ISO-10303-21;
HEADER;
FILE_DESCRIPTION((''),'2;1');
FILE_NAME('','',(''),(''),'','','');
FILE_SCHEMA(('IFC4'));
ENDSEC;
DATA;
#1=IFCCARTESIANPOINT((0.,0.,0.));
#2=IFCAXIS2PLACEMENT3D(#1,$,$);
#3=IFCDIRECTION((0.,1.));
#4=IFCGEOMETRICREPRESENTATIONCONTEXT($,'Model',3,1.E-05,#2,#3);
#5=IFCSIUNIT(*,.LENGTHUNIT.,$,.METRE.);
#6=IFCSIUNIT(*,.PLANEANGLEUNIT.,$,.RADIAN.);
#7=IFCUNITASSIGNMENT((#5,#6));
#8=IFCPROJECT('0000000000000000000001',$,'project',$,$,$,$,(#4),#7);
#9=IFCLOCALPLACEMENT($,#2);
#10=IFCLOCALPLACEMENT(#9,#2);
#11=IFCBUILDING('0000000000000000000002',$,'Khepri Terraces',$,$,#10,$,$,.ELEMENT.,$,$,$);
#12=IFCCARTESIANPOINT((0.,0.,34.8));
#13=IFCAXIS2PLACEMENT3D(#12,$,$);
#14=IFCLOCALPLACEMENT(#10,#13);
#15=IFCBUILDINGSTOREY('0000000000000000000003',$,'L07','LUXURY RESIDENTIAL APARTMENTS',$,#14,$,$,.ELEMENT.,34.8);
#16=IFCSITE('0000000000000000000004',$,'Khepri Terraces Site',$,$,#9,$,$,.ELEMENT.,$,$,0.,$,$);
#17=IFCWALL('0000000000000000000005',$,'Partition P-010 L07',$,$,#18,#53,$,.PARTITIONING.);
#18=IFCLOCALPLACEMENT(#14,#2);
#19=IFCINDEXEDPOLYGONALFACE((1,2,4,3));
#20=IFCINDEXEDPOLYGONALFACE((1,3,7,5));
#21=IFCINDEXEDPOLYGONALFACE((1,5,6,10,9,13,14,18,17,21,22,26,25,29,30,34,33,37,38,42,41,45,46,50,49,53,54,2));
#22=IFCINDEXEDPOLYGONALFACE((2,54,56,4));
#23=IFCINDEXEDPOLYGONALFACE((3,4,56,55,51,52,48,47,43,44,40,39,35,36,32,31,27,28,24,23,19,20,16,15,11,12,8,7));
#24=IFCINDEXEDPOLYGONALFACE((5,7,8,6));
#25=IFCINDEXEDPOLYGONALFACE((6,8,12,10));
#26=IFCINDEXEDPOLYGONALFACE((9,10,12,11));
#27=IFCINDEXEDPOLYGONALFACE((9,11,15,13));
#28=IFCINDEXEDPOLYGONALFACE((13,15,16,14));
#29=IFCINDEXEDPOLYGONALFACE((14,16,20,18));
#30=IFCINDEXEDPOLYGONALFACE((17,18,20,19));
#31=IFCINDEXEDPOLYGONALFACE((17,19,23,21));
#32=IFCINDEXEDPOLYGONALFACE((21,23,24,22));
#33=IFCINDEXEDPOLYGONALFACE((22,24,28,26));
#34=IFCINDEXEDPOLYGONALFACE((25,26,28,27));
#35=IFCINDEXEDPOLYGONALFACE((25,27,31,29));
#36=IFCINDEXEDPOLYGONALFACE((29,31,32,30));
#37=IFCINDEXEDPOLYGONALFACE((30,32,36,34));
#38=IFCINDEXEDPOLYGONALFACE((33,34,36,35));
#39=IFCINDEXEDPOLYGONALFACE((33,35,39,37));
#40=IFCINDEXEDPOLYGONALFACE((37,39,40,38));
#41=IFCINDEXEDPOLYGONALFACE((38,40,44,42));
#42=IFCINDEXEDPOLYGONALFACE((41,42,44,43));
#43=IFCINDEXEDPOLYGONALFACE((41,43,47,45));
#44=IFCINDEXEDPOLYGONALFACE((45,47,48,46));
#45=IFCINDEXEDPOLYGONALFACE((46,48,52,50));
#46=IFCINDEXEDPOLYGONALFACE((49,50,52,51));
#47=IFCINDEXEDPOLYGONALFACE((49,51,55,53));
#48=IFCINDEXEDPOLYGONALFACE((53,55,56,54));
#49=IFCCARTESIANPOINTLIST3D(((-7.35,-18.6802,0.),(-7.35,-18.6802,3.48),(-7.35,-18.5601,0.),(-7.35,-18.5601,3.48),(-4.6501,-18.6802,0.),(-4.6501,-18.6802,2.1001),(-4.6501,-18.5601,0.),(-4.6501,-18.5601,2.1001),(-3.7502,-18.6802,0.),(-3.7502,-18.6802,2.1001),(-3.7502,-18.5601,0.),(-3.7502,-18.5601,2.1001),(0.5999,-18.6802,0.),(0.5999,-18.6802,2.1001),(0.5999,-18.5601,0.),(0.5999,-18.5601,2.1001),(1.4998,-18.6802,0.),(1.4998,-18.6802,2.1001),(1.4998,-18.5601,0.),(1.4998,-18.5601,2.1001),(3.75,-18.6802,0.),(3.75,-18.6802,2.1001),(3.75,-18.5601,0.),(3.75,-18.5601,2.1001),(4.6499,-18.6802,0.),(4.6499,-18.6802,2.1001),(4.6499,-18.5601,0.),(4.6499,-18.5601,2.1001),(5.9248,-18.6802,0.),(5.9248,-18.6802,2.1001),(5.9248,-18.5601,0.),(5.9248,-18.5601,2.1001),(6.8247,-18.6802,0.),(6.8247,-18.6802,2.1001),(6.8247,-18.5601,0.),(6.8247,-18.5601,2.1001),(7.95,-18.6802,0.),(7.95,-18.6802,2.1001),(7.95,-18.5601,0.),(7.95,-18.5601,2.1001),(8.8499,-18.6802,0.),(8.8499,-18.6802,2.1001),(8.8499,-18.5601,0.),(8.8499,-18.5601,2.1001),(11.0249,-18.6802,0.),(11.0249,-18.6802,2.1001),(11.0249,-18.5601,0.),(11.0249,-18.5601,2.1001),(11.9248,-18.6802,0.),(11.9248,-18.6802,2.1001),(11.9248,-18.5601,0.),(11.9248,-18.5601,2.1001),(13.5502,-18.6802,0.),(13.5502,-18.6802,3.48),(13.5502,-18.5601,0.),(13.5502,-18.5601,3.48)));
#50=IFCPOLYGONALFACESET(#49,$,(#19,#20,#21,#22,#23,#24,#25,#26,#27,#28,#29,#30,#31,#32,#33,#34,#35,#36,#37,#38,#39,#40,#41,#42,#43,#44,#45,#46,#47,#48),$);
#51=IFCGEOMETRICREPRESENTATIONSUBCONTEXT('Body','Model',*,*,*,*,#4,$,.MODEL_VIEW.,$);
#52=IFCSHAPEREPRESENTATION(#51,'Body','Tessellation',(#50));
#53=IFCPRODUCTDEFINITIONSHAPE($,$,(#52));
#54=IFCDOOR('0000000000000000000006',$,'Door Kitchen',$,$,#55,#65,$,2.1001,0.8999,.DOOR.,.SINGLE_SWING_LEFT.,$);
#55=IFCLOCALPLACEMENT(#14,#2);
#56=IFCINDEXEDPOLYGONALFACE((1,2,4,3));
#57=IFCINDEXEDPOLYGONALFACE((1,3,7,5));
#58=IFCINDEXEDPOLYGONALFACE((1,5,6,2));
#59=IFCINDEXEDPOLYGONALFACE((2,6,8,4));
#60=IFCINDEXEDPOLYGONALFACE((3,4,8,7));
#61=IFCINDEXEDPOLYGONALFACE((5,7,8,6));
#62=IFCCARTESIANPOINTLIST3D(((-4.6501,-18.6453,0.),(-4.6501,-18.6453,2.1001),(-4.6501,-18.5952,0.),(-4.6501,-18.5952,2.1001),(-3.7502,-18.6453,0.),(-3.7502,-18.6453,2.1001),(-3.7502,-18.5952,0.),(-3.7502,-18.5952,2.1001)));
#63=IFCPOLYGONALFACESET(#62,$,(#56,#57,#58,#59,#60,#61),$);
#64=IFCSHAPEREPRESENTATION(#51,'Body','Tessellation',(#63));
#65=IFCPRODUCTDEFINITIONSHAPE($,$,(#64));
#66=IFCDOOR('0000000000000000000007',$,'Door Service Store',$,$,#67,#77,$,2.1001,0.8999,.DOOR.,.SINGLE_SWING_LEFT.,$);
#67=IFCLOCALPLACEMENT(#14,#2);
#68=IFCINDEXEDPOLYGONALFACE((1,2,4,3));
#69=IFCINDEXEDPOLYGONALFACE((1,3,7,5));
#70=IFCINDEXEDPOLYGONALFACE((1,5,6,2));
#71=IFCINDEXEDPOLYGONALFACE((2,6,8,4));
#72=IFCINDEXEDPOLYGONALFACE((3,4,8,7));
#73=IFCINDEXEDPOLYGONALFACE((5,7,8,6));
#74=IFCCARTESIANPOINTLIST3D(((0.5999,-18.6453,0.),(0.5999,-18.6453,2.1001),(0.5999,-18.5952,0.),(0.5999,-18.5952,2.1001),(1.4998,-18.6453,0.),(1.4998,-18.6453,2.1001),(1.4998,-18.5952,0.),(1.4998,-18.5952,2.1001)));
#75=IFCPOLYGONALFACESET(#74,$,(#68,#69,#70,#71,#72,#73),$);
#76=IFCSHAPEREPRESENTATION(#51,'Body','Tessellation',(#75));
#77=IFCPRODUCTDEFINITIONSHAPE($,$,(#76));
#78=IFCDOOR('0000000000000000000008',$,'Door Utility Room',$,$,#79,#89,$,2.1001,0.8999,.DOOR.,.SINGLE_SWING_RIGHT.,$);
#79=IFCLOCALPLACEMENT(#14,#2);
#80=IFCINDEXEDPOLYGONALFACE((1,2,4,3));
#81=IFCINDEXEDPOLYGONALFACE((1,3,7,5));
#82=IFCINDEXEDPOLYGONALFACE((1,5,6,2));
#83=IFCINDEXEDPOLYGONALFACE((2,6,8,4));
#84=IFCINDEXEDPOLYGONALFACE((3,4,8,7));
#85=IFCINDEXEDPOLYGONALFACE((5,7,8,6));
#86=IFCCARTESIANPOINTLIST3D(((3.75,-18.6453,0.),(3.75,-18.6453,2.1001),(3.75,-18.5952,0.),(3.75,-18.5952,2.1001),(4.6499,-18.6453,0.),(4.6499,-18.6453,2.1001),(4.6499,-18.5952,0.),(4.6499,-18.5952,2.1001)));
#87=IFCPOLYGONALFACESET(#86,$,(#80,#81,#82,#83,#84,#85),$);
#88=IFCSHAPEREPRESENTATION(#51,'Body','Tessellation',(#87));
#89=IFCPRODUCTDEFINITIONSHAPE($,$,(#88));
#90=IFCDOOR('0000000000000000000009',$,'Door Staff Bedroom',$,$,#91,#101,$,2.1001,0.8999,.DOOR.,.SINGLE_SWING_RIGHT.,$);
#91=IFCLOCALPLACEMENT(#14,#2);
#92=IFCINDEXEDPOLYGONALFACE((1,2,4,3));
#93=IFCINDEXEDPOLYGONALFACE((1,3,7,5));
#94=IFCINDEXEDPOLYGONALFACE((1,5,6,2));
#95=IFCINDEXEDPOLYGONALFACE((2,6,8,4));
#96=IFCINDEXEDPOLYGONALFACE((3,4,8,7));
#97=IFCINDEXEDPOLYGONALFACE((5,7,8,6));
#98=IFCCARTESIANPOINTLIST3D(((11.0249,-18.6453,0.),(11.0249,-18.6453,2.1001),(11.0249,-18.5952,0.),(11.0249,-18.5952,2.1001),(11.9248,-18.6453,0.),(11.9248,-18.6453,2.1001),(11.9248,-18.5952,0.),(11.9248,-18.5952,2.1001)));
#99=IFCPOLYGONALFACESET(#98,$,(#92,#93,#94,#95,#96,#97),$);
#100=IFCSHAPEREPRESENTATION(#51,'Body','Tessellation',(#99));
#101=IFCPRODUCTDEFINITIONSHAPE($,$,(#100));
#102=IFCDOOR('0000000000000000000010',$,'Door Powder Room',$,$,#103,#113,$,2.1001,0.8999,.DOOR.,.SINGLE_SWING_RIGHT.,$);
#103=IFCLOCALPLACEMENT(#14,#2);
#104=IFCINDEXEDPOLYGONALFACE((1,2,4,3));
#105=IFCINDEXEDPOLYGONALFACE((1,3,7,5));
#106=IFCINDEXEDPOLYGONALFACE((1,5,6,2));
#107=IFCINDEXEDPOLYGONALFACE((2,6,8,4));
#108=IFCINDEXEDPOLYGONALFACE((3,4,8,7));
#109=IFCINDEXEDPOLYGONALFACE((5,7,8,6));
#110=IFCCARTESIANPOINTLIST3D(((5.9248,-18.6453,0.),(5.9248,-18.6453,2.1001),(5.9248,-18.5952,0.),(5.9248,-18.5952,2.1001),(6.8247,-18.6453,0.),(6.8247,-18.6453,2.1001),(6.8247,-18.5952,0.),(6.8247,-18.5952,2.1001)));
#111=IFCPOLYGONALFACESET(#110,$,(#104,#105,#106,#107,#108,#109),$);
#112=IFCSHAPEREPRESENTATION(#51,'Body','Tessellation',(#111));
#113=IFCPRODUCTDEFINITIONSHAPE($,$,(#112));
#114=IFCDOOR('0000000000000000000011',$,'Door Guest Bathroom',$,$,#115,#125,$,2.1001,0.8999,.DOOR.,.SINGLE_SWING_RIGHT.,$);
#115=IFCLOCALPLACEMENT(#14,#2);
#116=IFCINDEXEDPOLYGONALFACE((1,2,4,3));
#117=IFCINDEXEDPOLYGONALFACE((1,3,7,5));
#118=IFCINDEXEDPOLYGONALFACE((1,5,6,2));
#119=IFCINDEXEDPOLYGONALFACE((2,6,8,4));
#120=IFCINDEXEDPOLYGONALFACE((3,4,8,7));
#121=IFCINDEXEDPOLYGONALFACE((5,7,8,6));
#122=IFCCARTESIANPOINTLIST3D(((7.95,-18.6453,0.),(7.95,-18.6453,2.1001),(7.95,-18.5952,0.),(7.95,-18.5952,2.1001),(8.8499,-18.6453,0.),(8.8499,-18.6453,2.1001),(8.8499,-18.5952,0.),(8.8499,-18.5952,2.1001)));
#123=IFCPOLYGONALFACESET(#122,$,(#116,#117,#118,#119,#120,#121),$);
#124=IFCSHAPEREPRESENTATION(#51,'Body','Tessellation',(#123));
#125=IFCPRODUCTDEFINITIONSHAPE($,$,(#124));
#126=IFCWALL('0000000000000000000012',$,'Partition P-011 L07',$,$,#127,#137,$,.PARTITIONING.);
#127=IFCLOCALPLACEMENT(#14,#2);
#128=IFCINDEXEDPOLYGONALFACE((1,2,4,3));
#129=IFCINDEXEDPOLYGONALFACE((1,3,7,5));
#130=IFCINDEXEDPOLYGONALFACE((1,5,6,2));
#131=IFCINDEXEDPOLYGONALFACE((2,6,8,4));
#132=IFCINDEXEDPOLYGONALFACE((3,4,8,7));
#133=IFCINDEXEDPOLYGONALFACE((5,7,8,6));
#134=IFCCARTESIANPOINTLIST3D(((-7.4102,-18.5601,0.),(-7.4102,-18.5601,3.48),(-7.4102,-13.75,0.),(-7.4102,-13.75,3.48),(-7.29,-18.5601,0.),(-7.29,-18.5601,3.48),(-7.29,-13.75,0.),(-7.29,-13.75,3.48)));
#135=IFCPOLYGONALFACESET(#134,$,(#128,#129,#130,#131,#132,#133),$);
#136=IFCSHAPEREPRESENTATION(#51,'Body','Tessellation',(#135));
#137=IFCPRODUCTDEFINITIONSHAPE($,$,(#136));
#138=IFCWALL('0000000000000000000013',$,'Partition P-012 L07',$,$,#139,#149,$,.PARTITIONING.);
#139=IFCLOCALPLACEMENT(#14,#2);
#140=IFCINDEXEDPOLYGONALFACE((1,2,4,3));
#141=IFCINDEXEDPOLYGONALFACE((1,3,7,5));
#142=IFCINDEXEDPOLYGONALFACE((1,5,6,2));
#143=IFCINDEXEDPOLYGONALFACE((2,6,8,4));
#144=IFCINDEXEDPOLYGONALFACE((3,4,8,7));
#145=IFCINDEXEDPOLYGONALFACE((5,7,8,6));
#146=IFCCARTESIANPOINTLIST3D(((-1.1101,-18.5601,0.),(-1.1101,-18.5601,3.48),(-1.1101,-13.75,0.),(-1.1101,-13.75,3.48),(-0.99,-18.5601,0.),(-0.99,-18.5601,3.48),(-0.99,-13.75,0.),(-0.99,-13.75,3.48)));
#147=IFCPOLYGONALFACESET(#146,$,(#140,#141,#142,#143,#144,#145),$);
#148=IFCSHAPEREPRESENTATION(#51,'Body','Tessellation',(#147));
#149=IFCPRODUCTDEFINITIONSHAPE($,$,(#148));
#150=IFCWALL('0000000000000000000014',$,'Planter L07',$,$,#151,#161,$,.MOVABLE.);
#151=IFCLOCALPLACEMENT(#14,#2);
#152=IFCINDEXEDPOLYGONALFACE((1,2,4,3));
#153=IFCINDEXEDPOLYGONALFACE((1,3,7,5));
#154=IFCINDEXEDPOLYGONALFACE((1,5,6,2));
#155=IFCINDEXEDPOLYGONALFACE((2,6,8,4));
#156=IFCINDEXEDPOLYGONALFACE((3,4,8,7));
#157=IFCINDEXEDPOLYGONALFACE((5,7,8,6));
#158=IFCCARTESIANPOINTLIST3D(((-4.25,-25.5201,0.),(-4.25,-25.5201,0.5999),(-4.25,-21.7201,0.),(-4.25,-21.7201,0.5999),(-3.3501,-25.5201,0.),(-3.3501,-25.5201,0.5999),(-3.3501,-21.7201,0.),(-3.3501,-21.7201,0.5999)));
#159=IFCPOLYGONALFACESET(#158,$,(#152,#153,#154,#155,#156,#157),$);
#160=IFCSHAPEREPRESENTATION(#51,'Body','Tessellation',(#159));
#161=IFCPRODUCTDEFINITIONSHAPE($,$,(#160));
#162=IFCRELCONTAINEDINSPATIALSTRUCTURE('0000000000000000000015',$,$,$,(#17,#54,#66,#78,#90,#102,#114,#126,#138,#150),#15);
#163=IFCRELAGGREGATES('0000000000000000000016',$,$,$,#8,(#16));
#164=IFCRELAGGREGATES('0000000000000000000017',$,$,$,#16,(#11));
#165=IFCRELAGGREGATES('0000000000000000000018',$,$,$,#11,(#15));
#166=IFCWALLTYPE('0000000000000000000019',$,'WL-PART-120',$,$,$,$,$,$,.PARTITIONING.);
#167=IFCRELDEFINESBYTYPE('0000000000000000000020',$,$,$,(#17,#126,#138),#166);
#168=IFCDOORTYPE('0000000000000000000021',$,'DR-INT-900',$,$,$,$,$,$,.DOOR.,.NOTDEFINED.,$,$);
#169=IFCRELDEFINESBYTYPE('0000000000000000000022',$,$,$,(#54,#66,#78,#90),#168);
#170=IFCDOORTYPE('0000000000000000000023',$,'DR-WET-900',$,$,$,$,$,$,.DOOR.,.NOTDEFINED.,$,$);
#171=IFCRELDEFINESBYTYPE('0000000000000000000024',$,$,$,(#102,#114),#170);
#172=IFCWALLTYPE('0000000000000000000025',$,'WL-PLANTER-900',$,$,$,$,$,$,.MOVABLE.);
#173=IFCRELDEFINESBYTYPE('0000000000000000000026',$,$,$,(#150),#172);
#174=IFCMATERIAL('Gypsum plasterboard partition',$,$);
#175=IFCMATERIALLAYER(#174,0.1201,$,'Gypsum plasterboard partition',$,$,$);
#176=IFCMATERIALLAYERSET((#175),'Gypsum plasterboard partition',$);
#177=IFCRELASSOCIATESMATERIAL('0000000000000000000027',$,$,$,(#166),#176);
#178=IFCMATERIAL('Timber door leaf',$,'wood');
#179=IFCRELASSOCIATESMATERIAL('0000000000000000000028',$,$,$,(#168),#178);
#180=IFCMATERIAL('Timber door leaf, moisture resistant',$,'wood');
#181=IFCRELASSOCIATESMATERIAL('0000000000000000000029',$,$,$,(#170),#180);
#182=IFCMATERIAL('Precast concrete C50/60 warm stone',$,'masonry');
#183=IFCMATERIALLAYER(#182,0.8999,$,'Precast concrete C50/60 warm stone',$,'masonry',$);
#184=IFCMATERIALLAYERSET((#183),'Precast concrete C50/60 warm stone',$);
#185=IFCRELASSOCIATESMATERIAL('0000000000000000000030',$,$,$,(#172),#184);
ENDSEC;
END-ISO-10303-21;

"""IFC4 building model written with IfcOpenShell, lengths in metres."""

from ifc_helpers import new_model, si_unit, direction, frame, frame_2d, origin, place, context, subcontext, project, spatial, rectangle, extrude, material, layer, layer_set, type_object, element, fill, save


model = new_model("IFC4")

# Units and contexts
model_context = context("Model", 3, precision=1e-05, world=origin(), true_north=direction((0.0, 1.0)))
body_context = subcontext(model_context, "Body", "Model", "MODEL_VIEW")
ifc_project = project(units=[si_unit("LENGTHUNIT", "METRE"), si_unit("PLANEANGLEUNIT", "RADIAN")], contexts=[model_context])

# Site, building, storey
site_placement = place(None, origin())
site = spatial("IfcSite", under=ifc_project, at=site_placement, Name="Khepri Terraces Site", CompositionType="ELEMENT", RefElevation=0.0)
building_placement = place(site_placement, origin())
building = spatial("IfcBuilding", under=site, at=building_placement, Name="Khepri Terraces", CompositionType="ELEMENT")
storey_placement = place(building_placement, frame((0.0, 0.0, 34.8)))
storey = spatial("IfcBuildingStorey", under=building, at=storey_placement, Name="L07", Description="LUXURY RESIDENTIAL APARTMENTS", CompositionType="ELEMENT", Elevation=34.8)

# Shared definitions
ifc_material_1 = material(Name="Precast concrete C50/60 warm stone", Category="masonry")

# Shared definitions
ifc_material_2 = material(Name="Gypsum plasterboard partition")
ifc_layer_1 = layer(ifc_material_2, 0.1201, Name="Gypsum plasterboard partition")
ifc_layer_set_1 = layer_set([ifc_layer_1], Name="Gypsum plasterboard partition")
wall_type_1 = type_object("IfcWallType", Name="WL-PART-120", PredefinedType="PARTITIONING", material=ifc_layer_set_1)

# Wall, openings, doors
wall_1_placement = place(storey_placement, frame((-7.3501, -18.6201, 0.0), z_axis=(0.0, 0.0, 1.0), x_axis=(1.0, 0.0, 0.0)))
wall_1 = element("IfcWall", 1, at=wall_1_placement, inside=storey, type_object=wall_type_1, Name="Partition P-010 L07", PredefinedType="PARTITIONING", context=body_context, shape_type="SweptSolid", body=[
    extrude(rectangle(XDim=20.9001, YDim=0.1201, at=frame_2d((10.4502, 0.0))), origin(), (0.0, 0.0, 1.0), 3.48),
])
opening_1_placement = place(wall_1_placement, frame((2.7, 0.0, 0.0)))
opening_1 = element("IfcOpeningElement", 2, at=opening_1_placement, cuts=wall_1, PredefinedType="OPENING", context=body_context, shape_type="SweptSolid", body=[
    extrude(rectangle(XDim=0.8999, YDim=2.1001, at=frame_2d((0.45, 1.05))), frame((0.0, 0.0701, 0.0), z_axis=(0.0, -1.0, 0.0), x_axis=(1.0, 0.0, 0.0)), (0.0, 0.0, 1.0), 0.1401),
])
opening_2_placement = place(wall_1_placement, frame((7.95, 0.0, 0.0)))
opening_2 = element("IfcOpeningElement", 3, at=opening_2_placement, cuts=wall_1, PredefinedType="OPENING", context=body_context, shape_type="SweptSolid", body=[
    extrude(rectangle(XDim=0.8999, YDim=2.1001, at=frame_2d((0.45, 1.05))), frame((0.0, 0.0701, 0.0), z_axis=(0.0, -1.0, 0.0), x_axis=(1.0, 0.0, 0.0)), (0.0, 0.0, 1.0), 0.1401),
])
opening_3_placement = place(wall_1_placement, frame((11.1001, 0.0, 0.0)))
opening_3 = element("IfcOpeningElement", 4, at=opening_3_placement, cuts=wall_1, PredefinedType="OPENING", context=body_context, shape_type="SweptSolid", body=[
    extrude(rectangle(XDim=0.8999, YDim=2.1001, at=frame_2d((0.45, 1.05))), frame((0.0, 0.0701, 0.0), z_axis=(0.0, -1.0, 0.0), x_axis=(1.0, 0.0, 0.0)), (0.0, 0.0, 1.0), 0.1401),
])
opening_4_placement = place(wall_1_placement, frame((13.2749, 0.0, 0.0)))
opening_4 = element("IfcOpeningElement", 5, at=opening_4_placement, cuts=wall_1, PredefinedType="OPENING", context=body_context, shape_type="SweptSolid", body=[
    extrude(rectangle(XDim=0.8999, YDim=2.1001, at=frame_2d((0.45, 1.05))), frame((0.0, 0.0701, 0.0), z_axis=(0.0, -1.0, 0.0), x_axis=(1.0, 0.0, 0.0)), (0.0, 0.0, 1.0), 0.1401),
])
opening_5_placement = place(wall_1_placement, frame((15.3, 0.0, 0.0)))
opening_5 = element("IfcOpeningElement", 6, at=opening_5_placement, cuts=wall_1, PredefinedType="OPENING", context=body_context, shape_type="SweptSolid", body=[
    extrude(rectangle(XDim=0.8999, YDim=2.1001, at=frame_2d((0.45, 1.05))), frame((0.0, 0.0701, 0.0), z_axis=(0.0, -1.0, 0.0), x_axis=(1.0, 0.0, 0.0)), (0.0, 0.0, 1.0), 0.1401),
])
opening_6_placement = place(wall_1_placement, frame((18.375, 0.0, 0.0)))
opening_6 = element("IfcOpeningElement", 7, at=opening_6_placement, cuts=wall_1, PredefinedType="OPENING", context=body_context, shape_type="SweptSolid", body=[
    extrude(rectangle(XDim=0.8999, YDim=2.1001, at=frame_2d((0.45, 1.05))), frame((0.0, 0.0701, 0.0), z_axis=(0.0, -1.0, 0.0), x_axis=(1.0, 0.0, 0.0)), (0.0, 0.0, 1.0), 0.1401),
])
ifc_material_3 = material(Name="Timber door leaf", Category="wood")
door_type_1 = type_object("IfcDoorType", Name="DR-INT-900", OperationType="NOTDEFINED", PredefinedType="DOOR", material=ifc_material_3)
door_1_placement = place(opening_1_placement, origin())
door_1 = element("IfcDoor", 8, at=door_1_placement, inside=storey, type_object=door_type_1, Name="Door Kitchen", OperationType="SINGLE_SWING_LEFT", OverallHeight=2.1001, OverallWidth=0.8999, PredefinedType="DOOR", context=body_context, shape_type="SweptSolid", body=[
    extrude(rectangle(XDim=0.8999, YDim=2.1001, at=frame_2d((0.45, 1.05))), frame((0.0, 0.0249, 0.0), z_axis=(0.0, -1.0, 0.0), x_axis=(1.0, 0.0, 0.0)), (0.0, 0.0, 1.0), 0.05),
])
fill(opening_1, door_1)
door_2_placement = place(opening_2_placement, origin())
door_2 = element("IfcDoor", 9, at=door_2_placement, inside=storey, type_object=door_type_1, Name="Door Service Store", OperationType="SINGLE_SWING_LEFT", OverallHeight=2.1001, OverallWidth=0.8999, PredefinedType="DOOR", context=body_context, shape_type="SweptSolid", body=[
    extrude(rectangle(XDim=0.8999, YDim=2.1001, at=frame_2d((0.45, 1.05))), frame((0.0, 0.0249, 0.0), z_axis=(0.0, -1.0, 0.0), x_axis=(1.0, 0.0, 0.0)), (0.0, 0.0, 1.0), 0.05),
])
fill(opening_2, door_2)
door_3_placement = place(opening_3_placement, origin())
door_3 = element("IfcDoor", 10, at=door_3_placement, inside=storey, type_object=door_type_1, Name="Door Utility Room", OperationType="SINGLE_SWING_RIGHT", OverallHeight=2.1001, OverallWidth=0.8999, PredefinedType="DOOR", context=body_context, shape_type="SweptSolid", body=[
    extrude(rectangle(XDim=0.8999, YDim=2.1001, at=frame_2d((0.45, 1.05))), frame((0.0, 0.0249, 0.0), z_axis=(0.0, -1.0, 0.0), x_axis=(1.0, 0.0, 0.0)), (0.0, 0.0, 1.0), 0.05),
])
fill(opening_3, door_3)
door_4_placement = place(opening_6_placement, origin())
door_4 = element("IfcDoor", 11, at=door_4_placement, inside=storey, type_object=door_type_1, Name="Door Staff Bedroom", OperationType="SINGLE_SWING_RIGHT", OverallHeight=2.1001, OverallWidth=0.8999, PredefinedType="DOOR", context=body_context, shape_type="SweptSolid", body=[
    extrude(rectangle(XDim=0.8999, YDim=2.1001, at=frame_2d((0.45, 1.05))), frame((0.0, 0.0249, 0.0), z_axis=(0.0, -1.0, 0.0), x_axis=(1.0, 0.0, 0.0)), (0.0, 0.0, 1.0), 0.05),
])
fill(opening_6, door_4)
ifc_material_4 = material(Name="Timber door leaf, moisture resistant", Category="wood")
door_type_2 = type_object("IfcDoorType", Name="DR-WET-900", OperationType="NOTDEFINED", PredefinedType="DOOR", material=ifc_material_4)
door_5_placement = place(opening_4_placement, origin())
door_5 = element("IfcDoor", 12, at=door_5_placement, inside=storey, type_object=door_type_2, Name="Door Powder Room", OperationType="SINGLE_SWING_RIGHT", OverallHeight=2.1001, OverallWidth=0.8999, PredefinedType="DOOR", context=body_context, shape_type="SweptSolid", body=[
    extrude(rectangle(XDim=0.8999, YDim=2.1001, at=frame_2d((0.45, 1.05))), frame((0.0, 0.0249, 0.0), z_axis=(0.0, -1.0, 0.0), x_axis=(1.0, 0.0, 0.0)), (0.0, 0.0, 1.0), 0.05),
])
fill(opening_4, door_5)
door_6_placement = place(opening_5_placement, origin())
door_6 = element("IfcDoor", 13, at=door_6_placement, inside=storey, type_object=door_type_2, Name="Door Guest Bathroom", OperationType="SINGLE_SWING_RIGHT", OverallHeight=2.1001, OverallWidth=0.8999, PredefinedType="DOOR", context=body_context, shape_type="SweptSolid", body=[
    extrude(rectangle(XDim=0.8999, YDim=2.1001, at=frame_2d((0.45, 1.05))), frame((0.0, 0.0249, 0.0), z_axis=(0.0, -1.0, 0.0), x_axis=(1.0, 0.0, 0.0)), (0.0, 0.0, 1.0), 0.05),
])
fill(opening_5, door_6)

# Walls
for number, where, z_axis, x_axis, name in (
    (14, (-7.3501, -18.5601, 0.0), (0.0, 0.0, 1.0), (0.0, 1.0, 0.0), "Partition P-011 L07"),
    (15, (-1.05, -18.5601, 0.0), (0.0, 0.0, 1.0), (0.0, 1.0, 0.0), "Partition P-012 L07"),
):
    element("IfcWall", number, at=place(storey_placement, frame(where, z_axis=z_axis, x_axis=x_axis)), inside=storey, type_object=wall_type_1, Name=name, PredefinedType="PARTITIONING", context=body_context, shape_type="SweptSolid", body=[
        extrude(rectangle(XDim=4.8101, YDim=0.1201, at=frame_2d((2.405, 0.0))), origin(), (0.0, 0.0, 1.0), 3.48),
    ])
ifc_layer_2 = layer(ifc_material_1, 0.8999, Name="Precast concrete C50/60 warm stone", Category="masonry")
ifc_layer_set_2 = layer_set([ifc_layer_2], Name="Precast concrete C50/60 warm stone")
wall_type_2 = type_object("IfcWallType", Name="WL-PLANTER-900", PredefinedType="MOVABLE", material=ifc_layer_set_2)
wall_2_placement = place(storey_placement, frame((-3.8, -25.52, 0.0), z_axis=(0.0, 0.0, 1.0), x_axis=(0.0, 1.0, 0.0)))
element("IfcWall", 16, at=wall_2_placement, inside=storey, type_object=wall_type_2, Name="Planter L07", PredefinedType="MOVABLE", context=body_context, shape_type="SweptSolid", body=[
    extrude(rectangle(XDim=3.8, YDim=0.8999, at=frame_2d((1.8999, 0.0))), origin(), (0.0, 0.0, 1.0), 0.5999),
])

save(model, "model.ifc")
